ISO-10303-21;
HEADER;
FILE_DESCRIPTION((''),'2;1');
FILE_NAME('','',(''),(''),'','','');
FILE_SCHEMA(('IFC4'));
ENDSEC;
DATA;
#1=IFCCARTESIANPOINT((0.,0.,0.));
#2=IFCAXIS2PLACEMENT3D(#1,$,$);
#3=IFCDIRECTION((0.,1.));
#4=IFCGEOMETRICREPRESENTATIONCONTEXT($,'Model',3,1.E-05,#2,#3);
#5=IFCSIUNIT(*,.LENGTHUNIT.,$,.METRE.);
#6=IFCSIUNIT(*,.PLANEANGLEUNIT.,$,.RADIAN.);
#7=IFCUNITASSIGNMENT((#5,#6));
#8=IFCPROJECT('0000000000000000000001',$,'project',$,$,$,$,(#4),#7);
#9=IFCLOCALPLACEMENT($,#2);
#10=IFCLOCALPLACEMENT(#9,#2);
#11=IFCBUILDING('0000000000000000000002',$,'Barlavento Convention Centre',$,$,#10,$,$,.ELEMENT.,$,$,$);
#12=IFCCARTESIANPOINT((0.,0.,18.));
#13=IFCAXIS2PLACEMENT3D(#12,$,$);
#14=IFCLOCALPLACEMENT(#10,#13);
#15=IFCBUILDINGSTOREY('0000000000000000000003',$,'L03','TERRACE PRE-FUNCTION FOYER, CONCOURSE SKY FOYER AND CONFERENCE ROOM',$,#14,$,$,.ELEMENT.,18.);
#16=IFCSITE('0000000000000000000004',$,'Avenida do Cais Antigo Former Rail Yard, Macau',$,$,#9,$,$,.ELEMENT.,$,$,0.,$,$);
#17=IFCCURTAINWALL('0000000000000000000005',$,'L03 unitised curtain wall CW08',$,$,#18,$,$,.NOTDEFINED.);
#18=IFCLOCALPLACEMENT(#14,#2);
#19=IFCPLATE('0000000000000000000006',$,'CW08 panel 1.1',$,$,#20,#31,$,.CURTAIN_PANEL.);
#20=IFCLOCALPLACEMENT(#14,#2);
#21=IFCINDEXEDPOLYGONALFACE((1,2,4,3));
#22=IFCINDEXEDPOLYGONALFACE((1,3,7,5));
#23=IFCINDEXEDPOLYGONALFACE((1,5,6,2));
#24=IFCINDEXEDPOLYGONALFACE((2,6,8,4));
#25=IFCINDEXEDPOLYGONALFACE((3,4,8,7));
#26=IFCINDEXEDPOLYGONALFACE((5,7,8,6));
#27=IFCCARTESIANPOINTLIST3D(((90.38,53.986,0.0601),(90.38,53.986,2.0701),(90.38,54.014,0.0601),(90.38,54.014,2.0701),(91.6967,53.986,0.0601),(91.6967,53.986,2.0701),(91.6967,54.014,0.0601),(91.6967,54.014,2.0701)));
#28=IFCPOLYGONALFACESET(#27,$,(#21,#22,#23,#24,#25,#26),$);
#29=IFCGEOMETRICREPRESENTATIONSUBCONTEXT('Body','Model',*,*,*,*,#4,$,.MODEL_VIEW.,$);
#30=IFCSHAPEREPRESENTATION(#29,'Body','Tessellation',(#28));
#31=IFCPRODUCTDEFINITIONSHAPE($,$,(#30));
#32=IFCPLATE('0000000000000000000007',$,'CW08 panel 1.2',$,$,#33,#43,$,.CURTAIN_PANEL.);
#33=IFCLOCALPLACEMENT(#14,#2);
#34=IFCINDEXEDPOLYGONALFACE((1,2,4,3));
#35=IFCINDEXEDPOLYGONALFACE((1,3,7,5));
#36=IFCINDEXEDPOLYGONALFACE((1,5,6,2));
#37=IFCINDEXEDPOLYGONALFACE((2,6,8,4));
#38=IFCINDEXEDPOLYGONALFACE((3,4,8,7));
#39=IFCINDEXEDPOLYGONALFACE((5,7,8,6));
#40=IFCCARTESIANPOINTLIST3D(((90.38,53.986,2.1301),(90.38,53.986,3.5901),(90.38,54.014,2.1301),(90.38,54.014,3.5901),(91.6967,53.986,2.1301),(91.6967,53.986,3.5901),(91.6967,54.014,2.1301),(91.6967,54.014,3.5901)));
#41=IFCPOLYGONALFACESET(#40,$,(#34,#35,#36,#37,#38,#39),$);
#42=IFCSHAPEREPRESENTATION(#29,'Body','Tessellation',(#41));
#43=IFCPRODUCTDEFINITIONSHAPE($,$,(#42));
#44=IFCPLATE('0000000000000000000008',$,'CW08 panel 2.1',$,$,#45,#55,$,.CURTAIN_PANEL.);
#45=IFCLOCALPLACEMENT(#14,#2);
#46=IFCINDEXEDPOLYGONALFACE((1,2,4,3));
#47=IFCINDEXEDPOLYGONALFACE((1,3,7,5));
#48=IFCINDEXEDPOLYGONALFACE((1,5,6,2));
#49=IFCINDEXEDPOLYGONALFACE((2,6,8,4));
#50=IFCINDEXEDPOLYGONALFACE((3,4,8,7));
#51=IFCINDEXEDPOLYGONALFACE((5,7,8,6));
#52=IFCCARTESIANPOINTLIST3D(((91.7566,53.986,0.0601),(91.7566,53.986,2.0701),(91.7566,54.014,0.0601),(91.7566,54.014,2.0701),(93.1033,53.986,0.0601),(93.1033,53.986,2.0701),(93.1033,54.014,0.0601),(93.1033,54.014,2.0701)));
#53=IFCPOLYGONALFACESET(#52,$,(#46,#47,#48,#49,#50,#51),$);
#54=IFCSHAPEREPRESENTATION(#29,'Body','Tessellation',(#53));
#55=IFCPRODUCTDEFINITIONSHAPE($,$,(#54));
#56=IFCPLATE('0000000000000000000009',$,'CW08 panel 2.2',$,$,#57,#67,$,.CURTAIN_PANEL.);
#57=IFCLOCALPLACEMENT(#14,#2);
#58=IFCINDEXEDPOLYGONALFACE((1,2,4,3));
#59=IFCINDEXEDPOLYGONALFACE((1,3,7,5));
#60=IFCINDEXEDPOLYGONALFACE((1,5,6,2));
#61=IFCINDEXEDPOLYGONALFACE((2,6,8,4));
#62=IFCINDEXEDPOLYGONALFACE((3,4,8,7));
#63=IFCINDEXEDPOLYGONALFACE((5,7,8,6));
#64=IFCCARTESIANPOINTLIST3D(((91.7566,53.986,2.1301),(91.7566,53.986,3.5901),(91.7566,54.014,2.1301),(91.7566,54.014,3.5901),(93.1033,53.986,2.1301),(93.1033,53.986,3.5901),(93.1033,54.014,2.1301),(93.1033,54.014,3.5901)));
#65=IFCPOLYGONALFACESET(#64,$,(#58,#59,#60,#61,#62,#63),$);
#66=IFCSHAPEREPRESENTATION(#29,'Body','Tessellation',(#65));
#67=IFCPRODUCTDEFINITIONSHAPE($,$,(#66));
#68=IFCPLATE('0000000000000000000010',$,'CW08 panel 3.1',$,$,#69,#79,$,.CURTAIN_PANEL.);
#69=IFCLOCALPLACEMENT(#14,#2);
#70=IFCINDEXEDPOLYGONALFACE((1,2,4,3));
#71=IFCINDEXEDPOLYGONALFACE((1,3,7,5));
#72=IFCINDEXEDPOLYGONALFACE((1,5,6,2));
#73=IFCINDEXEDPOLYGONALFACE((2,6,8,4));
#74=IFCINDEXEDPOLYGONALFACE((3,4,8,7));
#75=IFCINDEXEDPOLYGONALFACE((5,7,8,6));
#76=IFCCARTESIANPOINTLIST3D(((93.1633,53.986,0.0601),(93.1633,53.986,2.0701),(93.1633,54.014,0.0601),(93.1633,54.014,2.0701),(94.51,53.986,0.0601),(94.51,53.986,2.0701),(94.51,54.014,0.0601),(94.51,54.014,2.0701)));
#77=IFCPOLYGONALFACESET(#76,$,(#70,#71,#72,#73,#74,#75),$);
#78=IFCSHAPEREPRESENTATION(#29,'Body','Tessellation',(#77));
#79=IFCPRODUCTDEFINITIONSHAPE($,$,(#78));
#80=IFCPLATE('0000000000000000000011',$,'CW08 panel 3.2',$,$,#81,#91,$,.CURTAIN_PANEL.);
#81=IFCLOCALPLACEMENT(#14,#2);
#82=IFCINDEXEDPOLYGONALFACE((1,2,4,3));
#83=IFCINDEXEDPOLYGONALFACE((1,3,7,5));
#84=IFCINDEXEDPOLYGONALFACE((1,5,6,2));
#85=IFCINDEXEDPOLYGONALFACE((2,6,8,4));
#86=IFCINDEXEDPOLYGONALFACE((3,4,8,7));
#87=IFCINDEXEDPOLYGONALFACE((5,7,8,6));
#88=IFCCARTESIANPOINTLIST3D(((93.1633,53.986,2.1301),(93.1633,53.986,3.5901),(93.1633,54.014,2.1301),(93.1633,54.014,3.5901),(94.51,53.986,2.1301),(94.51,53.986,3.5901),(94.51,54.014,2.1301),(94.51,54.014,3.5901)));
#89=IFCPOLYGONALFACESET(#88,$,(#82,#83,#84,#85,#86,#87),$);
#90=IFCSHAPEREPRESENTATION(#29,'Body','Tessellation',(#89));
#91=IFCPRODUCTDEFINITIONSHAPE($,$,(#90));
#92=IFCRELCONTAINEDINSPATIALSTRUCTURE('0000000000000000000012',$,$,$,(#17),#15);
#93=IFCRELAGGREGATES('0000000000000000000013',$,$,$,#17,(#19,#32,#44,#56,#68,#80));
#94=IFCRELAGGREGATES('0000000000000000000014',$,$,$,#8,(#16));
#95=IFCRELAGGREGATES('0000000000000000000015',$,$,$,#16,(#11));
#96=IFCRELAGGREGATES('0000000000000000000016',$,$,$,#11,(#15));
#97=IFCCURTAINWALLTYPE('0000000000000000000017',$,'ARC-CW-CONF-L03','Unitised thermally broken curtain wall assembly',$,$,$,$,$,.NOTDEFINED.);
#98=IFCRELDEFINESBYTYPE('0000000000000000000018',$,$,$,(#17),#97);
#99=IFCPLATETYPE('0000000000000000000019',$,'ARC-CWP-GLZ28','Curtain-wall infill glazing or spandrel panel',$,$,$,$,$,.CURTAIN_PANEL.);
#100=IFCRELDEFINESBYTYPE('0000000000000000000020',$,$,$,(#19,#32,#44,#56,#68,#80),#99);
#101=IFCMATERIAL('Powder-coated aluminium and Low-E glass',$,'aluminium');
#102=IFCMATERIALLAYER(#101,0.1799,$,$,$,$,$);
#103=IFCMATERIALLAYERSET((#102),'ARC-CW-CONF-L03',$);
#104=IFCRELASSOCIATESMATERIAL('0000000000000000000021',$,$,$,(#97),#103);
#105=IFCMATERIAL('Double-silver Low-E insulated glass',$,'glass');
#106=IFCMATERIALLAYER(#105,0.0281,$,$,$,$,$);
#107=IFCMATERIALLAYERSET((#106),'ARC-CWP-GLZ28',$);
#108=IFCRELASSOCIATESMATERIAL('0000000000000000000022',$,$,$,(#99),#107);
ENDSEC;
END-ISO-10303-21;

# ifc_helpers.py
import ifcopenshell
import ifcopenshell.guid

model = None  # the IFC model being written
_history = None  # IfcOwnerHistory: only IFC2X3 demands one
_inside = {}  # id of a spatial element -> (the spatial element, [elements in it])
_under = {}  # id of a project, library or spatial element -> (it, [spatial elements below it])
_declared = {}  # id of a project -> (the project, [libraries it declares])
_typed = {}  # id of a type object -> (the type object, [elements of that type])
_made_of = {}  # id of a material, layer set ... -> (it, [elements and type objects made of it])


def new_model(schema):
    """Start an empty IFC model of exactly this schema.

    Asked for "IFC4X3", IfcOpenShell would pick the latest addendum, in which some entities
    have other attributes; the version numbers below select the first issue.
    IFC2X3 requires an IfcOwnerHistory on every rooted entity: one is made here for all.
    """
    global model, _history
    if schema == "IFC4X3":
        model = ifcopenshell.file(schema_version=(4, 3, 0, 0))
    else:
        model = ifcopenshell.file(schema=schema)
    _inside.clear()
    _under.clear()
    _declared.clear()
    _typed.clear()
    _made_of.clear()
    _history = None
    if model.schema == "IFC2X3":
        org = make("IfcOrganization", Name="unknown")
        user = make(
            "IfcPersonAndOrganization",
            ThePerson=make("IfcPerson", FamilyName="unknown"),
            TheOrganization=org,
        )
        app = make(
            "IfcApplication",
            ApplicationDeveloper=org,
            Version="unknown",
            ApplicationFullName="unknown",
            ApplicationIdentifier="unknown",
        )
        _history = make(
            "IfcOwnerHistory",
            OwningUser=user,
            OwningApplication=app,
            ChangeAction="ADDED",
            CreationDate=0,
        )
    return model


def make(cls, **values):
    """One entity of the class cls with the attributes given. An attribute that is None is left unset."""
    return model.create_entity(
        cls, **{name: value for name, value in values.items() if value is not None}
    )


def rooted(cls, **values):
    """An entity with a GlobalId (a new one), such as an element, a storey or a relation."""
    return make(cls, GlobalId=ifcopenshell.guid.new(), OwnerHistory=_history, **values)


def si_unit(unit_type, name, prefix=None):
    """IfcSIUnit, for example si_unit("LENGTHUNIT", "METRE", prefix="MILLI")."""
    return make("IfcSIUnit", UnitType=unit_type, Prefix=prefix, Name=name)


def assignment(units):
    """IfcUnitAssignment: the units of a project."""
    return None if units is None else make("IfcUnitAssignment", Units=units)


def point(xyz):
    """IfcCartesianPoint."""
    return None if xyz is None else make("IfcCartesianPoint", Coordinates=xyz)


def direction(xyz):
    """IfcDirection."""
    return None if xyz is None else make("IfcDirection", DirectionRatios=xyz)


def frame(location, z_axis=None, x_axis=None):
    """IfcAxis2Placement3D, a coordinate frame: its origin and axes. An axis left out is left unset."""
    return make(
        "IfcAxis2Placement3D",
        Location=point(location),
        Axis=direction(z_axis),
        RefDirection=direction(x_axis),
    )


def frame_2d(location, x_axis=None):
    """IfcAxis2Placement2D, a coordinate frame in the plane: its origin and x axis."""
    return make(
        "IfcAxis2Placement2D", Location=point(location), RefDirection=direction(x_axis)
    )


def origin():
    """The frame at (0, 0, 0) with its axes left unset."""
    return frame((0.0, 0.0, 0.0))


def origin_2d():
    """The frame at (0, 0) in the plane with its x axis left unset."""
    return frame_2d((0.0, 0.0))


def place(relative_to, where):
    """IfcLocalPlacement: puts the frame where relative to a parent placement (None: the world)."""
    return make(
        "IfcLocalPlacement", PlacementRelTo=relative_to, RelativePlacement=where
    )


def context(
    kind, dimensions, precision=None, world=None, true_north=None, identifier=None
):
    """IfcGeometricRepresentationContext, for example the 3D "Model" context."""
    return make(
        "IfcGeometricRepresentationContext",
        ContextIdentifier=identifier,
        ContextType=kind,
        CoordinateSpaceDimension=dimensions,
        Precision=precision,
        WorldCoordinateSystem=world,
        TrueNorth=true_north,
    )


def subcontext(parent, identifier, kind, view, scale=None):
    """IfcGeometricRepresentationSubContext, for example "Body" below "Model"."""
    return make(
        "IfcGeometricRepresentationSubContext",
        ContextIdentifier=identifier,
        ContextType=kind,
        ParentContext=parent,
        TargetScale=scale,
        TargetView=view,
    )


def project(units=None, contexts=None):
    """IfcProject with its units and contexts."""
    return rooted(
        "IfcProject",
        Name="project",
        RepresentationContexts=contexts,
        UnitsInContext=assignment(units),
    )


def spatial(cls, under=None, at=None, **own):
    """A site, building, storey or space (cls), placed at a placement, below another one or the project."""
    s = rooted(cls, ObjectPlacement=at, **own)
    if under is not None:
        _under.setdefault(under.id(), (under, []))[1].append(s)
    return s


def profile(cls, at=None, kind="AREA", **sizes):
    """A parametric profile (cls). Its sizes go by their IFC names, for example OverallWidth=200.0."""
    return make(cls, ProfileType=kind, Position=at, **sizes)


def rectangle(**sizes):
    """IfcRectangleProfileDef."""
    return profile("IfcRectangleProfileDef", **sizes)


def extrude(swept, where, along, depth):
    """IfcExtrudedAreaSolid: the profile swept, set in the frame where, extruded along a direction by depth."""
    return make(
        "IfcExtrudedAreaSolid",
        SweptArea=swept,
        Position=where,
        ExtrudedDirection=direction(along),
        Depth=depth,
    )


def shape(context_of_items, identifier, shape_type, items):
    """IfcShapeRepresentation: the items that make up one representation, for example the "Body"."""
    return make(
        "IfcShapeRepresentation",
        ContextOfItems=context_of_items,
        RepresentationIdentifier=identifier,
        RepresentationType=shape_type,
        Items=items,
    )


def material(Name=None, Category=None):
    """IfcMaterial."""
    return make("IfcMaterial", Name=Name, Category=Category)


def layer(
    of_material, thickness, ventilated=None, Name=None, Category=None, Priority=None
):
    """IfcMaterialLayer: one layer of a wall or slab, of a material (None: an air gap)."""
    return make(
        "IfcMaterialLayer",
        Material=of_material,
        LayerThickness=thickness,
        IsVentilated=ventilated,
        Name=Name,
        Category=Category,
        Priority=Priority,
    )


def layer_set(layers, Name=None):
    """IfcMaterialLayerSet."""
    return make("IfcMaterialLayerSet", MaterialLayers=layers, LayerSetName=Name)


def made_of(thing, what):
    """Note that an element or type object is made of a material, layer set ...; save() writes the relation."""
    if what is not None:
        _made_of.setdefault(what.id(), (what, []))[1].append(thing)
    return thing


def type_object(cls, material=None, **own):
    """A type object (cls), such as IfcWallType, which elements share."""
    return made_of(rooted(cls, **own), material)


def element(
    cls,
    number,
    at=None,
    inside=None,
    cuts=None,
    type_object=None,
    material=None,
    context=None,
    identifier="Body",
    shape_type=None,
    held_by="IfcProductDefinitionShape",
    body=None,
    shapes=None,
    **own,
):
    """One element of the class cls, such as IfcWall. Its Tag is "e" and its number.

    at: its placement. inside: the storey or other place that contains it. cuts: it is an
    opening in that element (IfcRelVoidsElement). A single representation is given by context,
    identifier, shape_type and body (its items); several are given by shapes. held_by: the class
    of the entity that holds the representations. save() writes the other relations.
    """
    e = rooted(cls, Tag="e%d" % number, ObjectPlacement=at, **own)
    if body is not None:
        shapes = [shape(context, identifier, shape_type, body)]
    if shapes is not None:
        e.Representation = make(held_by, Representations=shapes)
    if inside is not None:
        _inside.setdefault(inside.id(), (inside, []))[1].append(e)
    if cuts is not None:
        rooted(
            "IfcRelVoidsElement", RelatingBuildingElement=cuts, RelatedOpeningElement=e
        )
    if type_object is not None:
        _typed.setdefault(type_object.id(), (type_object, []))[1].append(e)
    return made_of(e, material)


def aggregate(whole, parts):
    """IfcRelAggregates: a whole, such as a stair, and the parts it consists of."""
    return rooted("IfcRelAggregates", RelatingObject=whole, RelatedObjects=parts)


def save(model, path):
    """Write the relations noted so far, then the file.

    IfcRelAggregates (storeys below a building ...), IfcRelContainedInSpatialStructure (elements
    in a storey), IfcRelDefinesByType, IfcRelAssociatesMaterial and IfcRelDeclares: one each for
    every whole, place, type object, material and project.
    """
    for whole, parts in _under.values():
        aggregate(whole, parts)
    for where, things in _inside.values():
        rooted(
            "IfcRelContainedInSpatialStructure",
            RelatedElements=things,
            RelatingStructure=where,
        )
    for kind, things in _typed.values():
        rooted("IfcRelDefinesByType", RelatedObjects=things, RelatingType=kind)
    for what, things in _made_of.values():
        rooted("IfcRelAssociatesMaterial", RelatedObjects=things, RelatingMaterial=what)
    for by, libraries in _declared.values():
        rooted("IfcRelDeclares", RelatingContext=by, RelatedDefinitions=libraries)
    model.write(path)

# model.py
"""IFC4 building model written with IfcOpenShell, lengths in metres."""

from ifc_helpers import new_model, si_unit, direction, frame, origin, origin_2d, place, context, subcontext, project, spatial, rectangle, extrude, material, layer, layer_set, type_object, element, aggregate, save


model = new_model("IFC4")

# Units and contexts
model_context = context("Model", 3, precision=1e-05, world=origin(), true_north=direction((0.0, 1.0)))
body_context = subcontext(model_context, "Body", "Model", "MODEL_VIEW")
ifc_project = project(units=[si_unit("LENGTHUNIT", "METRE"), si_unit("PLANEANGLEUNIT", "RADIAN")], contexts=[model_context])

# Site, building, storey
site_placement = place(None, origin())
site = spatial("IfcSite", under=ifc_project, at=site_placement, Name="Avenida do Cais Antigo Former Rail Yard, Macau", CompositionType="ELEMENT", RefElevation=0.0)
building_placement = place(site_placement, origin())
building = spatial("IfcBuilding", under=site, at=building_placement, Name="Barlavento Convention Centre", CompositionType="ELEMENT")
storey_placement = place(building_placement, frame((0.0, 0.0, 18.0)))
storey = spatial("IfcBuildingStorey", under=building, at=storey_placement, Name="L03", Description="TERRACE PRE-FUNCTION FOYER, CONCOURSE SKY FOYER AND CONFERENCE ROOM", CompositionType="ELEMENT", Elevation=18.0)

# Curtain wall
ifc_material_1 = material(Name="Powder-coated aluminium and Low-E glass", Category="aluminium")
ifc_layer_1 = layer(ifc_material_1, 0.1799)
ifc_layer_set_1 = layer_set([ifc_layer_1], Name="ARC-CW-CONF-L03")
curtain_wall_type = type_object("IfcCurtainWallType", Name="ARC-CW-CONF-L03", Description="Unitised thermally broken curtain wall assembly", PredefinedType="NOTDEFINED", material=ifc_layer_set_1)
curtain_wall_1_placement = place(storey_placement, origin())
curtain_wall_1 = element("IfcCurtainWall", 1, at=curtain_wall_1_placement, inside=storey, type_object=curtain_wall_type, Name="L03 unitised curtain wall CW08", PredefinedType="NOTDEFINED")

# Plates
ifc_material_2 = material(Name="Double-silver Low-E insulated glass", Category="glass")
ifc_layer_2 = layer(ifc_material_2, 0.0281)
ifc_layer_set_2 = layer_set([ifc_layer_2], Name="ARC-CWP-GLZ28")
plate_type = type_object("IfcPlateType", Name="ARC-CWP-GLZ28", Description="Curtain-wall infill glazing or spandrel panel", PredefinedType="CURTAIN_PANEL", material=ifc_layer_set_2)
plate_1_placement = place(storey_placement, frame((91.0383, 54.0, 0.0601), z_axis=(0.0, 0.0, 1.0), x_axis=(1.0, 0.0, 0.0)))
plate_1 = element("IfcPlate", 2, at=plate_1_placement, type_object=plate_type, Name="CW08 panel 1.1", PredefinedType="CURTAIN_PANEL", context=body_context, shape_type="SweptSolid", body=[
    extrude(rectangle(XDim=1.3167, YDim=0.0281, at=origin_2d()), origin(), (0.0, 0.0, 1.0), 2.01),
])
plate_2_placement = place(storey_placement, frame((91.0383, 54.0, 2.1301), z_axis=(0.0, 0.0, 1.0), x_axis=(1.0, 0.0, 0.0)))
plate_2 = element("IfcPlate", 3, at=plate_2_placement, type_object=plate_type, Name="CW08 panel 1.2", PredefinedType="CURTAIN_PANEL", context=body_context, shape_type="SweptSolid", body=[
    extrude(rectangle(XDim=1.3167, YDim=0.0281, at=origin_2d()), origin(), (0.0, 0.0, 1.0), 1.46),
])
plate_3_placement = place(storey_placement, frame((92.4299, 54.0, 0.0601), z_axis=(0.0, 0.0, 1.0), x_axis=(1.0, 0.0, 0.0)))
plate_3 = element("IfcPlate", 4, at=plate_3_placement, type_object=plate_type, Name="CW08 panel 2.1", PredefinedType="CURTAIN_PANEL", context=body_context, shape_type="SweptSolid", body=[
    extrude(rectangle(XDim=1.3467, YDim=0.0281, at=origin_2d()), origin(), (0.0, 0.0, 1.0), 2.01),
])
plate_4_placement = place(storey_placement, frame((92.4299, 54.0, 2.1301), z_axis=(0.0, 0.0, 1.0), x_axis=(1.0, 0.0, 0.0)))
plate_4 = element("IfcPlate", 5, at=plate_4_placement, type_object=plate_type, Name="CW08 panel 2.2", PredefinedType="CURTAIN_PANEL", context=body_context, shape_type="SweptSolid", body=[
    extrude(rectangle(XDim=1.3467, YDim=0.0281, at=origin_2d()), origin(), (0.0, 0.0, 1.0), 1.46),
])
plate_5_placement = place(storey_placement, frame((93.8367, 54.0, 0.0601), z_axis=(0.0, 0.0, 1.0), x_axis=(1.0, 0.0, 0.0)))
plate_5 = element("IfcPlate", 6, at=plate_5_placement, type_object=plate_type, Name="CW08 panel 3.1", PredefinedType="CURTAIN_PANEL", context=body_context, shape_type="SweptSolid", body=[
    extrude(rectangle(XDim=1.3467, YDim=0.0281, at=origin_2d()), origin(), (0.0, 0.0, 1.0), 2.01),
])
plate_6_placement = place(storey_placement, frame((93.8367, 54.0, 2.1301), z_axis=(0.0, 0.0, 1.0), x_axis=(1.0, 0.0, 0.0)))
plate_6 = element("IfcPlate", 7, at=plate_6_placement, type_object=plate_type, Name="CW08 panel 3.2", PredefinedType="CURTAIN_PANEL", context=body_context, shape_type="SweptSolid", body=[
    extrude(rectangle(XDim=1.3467, YDim=0.0281, at=origin_2d()), origin(), (0.0, 0.0, 1.0), 1.46),
])
aggregate(curtain_wall_1, [plate_1, plate_2, plate_3, plate_4, plate_5, plate_6])

save(model, "model.ifc")
